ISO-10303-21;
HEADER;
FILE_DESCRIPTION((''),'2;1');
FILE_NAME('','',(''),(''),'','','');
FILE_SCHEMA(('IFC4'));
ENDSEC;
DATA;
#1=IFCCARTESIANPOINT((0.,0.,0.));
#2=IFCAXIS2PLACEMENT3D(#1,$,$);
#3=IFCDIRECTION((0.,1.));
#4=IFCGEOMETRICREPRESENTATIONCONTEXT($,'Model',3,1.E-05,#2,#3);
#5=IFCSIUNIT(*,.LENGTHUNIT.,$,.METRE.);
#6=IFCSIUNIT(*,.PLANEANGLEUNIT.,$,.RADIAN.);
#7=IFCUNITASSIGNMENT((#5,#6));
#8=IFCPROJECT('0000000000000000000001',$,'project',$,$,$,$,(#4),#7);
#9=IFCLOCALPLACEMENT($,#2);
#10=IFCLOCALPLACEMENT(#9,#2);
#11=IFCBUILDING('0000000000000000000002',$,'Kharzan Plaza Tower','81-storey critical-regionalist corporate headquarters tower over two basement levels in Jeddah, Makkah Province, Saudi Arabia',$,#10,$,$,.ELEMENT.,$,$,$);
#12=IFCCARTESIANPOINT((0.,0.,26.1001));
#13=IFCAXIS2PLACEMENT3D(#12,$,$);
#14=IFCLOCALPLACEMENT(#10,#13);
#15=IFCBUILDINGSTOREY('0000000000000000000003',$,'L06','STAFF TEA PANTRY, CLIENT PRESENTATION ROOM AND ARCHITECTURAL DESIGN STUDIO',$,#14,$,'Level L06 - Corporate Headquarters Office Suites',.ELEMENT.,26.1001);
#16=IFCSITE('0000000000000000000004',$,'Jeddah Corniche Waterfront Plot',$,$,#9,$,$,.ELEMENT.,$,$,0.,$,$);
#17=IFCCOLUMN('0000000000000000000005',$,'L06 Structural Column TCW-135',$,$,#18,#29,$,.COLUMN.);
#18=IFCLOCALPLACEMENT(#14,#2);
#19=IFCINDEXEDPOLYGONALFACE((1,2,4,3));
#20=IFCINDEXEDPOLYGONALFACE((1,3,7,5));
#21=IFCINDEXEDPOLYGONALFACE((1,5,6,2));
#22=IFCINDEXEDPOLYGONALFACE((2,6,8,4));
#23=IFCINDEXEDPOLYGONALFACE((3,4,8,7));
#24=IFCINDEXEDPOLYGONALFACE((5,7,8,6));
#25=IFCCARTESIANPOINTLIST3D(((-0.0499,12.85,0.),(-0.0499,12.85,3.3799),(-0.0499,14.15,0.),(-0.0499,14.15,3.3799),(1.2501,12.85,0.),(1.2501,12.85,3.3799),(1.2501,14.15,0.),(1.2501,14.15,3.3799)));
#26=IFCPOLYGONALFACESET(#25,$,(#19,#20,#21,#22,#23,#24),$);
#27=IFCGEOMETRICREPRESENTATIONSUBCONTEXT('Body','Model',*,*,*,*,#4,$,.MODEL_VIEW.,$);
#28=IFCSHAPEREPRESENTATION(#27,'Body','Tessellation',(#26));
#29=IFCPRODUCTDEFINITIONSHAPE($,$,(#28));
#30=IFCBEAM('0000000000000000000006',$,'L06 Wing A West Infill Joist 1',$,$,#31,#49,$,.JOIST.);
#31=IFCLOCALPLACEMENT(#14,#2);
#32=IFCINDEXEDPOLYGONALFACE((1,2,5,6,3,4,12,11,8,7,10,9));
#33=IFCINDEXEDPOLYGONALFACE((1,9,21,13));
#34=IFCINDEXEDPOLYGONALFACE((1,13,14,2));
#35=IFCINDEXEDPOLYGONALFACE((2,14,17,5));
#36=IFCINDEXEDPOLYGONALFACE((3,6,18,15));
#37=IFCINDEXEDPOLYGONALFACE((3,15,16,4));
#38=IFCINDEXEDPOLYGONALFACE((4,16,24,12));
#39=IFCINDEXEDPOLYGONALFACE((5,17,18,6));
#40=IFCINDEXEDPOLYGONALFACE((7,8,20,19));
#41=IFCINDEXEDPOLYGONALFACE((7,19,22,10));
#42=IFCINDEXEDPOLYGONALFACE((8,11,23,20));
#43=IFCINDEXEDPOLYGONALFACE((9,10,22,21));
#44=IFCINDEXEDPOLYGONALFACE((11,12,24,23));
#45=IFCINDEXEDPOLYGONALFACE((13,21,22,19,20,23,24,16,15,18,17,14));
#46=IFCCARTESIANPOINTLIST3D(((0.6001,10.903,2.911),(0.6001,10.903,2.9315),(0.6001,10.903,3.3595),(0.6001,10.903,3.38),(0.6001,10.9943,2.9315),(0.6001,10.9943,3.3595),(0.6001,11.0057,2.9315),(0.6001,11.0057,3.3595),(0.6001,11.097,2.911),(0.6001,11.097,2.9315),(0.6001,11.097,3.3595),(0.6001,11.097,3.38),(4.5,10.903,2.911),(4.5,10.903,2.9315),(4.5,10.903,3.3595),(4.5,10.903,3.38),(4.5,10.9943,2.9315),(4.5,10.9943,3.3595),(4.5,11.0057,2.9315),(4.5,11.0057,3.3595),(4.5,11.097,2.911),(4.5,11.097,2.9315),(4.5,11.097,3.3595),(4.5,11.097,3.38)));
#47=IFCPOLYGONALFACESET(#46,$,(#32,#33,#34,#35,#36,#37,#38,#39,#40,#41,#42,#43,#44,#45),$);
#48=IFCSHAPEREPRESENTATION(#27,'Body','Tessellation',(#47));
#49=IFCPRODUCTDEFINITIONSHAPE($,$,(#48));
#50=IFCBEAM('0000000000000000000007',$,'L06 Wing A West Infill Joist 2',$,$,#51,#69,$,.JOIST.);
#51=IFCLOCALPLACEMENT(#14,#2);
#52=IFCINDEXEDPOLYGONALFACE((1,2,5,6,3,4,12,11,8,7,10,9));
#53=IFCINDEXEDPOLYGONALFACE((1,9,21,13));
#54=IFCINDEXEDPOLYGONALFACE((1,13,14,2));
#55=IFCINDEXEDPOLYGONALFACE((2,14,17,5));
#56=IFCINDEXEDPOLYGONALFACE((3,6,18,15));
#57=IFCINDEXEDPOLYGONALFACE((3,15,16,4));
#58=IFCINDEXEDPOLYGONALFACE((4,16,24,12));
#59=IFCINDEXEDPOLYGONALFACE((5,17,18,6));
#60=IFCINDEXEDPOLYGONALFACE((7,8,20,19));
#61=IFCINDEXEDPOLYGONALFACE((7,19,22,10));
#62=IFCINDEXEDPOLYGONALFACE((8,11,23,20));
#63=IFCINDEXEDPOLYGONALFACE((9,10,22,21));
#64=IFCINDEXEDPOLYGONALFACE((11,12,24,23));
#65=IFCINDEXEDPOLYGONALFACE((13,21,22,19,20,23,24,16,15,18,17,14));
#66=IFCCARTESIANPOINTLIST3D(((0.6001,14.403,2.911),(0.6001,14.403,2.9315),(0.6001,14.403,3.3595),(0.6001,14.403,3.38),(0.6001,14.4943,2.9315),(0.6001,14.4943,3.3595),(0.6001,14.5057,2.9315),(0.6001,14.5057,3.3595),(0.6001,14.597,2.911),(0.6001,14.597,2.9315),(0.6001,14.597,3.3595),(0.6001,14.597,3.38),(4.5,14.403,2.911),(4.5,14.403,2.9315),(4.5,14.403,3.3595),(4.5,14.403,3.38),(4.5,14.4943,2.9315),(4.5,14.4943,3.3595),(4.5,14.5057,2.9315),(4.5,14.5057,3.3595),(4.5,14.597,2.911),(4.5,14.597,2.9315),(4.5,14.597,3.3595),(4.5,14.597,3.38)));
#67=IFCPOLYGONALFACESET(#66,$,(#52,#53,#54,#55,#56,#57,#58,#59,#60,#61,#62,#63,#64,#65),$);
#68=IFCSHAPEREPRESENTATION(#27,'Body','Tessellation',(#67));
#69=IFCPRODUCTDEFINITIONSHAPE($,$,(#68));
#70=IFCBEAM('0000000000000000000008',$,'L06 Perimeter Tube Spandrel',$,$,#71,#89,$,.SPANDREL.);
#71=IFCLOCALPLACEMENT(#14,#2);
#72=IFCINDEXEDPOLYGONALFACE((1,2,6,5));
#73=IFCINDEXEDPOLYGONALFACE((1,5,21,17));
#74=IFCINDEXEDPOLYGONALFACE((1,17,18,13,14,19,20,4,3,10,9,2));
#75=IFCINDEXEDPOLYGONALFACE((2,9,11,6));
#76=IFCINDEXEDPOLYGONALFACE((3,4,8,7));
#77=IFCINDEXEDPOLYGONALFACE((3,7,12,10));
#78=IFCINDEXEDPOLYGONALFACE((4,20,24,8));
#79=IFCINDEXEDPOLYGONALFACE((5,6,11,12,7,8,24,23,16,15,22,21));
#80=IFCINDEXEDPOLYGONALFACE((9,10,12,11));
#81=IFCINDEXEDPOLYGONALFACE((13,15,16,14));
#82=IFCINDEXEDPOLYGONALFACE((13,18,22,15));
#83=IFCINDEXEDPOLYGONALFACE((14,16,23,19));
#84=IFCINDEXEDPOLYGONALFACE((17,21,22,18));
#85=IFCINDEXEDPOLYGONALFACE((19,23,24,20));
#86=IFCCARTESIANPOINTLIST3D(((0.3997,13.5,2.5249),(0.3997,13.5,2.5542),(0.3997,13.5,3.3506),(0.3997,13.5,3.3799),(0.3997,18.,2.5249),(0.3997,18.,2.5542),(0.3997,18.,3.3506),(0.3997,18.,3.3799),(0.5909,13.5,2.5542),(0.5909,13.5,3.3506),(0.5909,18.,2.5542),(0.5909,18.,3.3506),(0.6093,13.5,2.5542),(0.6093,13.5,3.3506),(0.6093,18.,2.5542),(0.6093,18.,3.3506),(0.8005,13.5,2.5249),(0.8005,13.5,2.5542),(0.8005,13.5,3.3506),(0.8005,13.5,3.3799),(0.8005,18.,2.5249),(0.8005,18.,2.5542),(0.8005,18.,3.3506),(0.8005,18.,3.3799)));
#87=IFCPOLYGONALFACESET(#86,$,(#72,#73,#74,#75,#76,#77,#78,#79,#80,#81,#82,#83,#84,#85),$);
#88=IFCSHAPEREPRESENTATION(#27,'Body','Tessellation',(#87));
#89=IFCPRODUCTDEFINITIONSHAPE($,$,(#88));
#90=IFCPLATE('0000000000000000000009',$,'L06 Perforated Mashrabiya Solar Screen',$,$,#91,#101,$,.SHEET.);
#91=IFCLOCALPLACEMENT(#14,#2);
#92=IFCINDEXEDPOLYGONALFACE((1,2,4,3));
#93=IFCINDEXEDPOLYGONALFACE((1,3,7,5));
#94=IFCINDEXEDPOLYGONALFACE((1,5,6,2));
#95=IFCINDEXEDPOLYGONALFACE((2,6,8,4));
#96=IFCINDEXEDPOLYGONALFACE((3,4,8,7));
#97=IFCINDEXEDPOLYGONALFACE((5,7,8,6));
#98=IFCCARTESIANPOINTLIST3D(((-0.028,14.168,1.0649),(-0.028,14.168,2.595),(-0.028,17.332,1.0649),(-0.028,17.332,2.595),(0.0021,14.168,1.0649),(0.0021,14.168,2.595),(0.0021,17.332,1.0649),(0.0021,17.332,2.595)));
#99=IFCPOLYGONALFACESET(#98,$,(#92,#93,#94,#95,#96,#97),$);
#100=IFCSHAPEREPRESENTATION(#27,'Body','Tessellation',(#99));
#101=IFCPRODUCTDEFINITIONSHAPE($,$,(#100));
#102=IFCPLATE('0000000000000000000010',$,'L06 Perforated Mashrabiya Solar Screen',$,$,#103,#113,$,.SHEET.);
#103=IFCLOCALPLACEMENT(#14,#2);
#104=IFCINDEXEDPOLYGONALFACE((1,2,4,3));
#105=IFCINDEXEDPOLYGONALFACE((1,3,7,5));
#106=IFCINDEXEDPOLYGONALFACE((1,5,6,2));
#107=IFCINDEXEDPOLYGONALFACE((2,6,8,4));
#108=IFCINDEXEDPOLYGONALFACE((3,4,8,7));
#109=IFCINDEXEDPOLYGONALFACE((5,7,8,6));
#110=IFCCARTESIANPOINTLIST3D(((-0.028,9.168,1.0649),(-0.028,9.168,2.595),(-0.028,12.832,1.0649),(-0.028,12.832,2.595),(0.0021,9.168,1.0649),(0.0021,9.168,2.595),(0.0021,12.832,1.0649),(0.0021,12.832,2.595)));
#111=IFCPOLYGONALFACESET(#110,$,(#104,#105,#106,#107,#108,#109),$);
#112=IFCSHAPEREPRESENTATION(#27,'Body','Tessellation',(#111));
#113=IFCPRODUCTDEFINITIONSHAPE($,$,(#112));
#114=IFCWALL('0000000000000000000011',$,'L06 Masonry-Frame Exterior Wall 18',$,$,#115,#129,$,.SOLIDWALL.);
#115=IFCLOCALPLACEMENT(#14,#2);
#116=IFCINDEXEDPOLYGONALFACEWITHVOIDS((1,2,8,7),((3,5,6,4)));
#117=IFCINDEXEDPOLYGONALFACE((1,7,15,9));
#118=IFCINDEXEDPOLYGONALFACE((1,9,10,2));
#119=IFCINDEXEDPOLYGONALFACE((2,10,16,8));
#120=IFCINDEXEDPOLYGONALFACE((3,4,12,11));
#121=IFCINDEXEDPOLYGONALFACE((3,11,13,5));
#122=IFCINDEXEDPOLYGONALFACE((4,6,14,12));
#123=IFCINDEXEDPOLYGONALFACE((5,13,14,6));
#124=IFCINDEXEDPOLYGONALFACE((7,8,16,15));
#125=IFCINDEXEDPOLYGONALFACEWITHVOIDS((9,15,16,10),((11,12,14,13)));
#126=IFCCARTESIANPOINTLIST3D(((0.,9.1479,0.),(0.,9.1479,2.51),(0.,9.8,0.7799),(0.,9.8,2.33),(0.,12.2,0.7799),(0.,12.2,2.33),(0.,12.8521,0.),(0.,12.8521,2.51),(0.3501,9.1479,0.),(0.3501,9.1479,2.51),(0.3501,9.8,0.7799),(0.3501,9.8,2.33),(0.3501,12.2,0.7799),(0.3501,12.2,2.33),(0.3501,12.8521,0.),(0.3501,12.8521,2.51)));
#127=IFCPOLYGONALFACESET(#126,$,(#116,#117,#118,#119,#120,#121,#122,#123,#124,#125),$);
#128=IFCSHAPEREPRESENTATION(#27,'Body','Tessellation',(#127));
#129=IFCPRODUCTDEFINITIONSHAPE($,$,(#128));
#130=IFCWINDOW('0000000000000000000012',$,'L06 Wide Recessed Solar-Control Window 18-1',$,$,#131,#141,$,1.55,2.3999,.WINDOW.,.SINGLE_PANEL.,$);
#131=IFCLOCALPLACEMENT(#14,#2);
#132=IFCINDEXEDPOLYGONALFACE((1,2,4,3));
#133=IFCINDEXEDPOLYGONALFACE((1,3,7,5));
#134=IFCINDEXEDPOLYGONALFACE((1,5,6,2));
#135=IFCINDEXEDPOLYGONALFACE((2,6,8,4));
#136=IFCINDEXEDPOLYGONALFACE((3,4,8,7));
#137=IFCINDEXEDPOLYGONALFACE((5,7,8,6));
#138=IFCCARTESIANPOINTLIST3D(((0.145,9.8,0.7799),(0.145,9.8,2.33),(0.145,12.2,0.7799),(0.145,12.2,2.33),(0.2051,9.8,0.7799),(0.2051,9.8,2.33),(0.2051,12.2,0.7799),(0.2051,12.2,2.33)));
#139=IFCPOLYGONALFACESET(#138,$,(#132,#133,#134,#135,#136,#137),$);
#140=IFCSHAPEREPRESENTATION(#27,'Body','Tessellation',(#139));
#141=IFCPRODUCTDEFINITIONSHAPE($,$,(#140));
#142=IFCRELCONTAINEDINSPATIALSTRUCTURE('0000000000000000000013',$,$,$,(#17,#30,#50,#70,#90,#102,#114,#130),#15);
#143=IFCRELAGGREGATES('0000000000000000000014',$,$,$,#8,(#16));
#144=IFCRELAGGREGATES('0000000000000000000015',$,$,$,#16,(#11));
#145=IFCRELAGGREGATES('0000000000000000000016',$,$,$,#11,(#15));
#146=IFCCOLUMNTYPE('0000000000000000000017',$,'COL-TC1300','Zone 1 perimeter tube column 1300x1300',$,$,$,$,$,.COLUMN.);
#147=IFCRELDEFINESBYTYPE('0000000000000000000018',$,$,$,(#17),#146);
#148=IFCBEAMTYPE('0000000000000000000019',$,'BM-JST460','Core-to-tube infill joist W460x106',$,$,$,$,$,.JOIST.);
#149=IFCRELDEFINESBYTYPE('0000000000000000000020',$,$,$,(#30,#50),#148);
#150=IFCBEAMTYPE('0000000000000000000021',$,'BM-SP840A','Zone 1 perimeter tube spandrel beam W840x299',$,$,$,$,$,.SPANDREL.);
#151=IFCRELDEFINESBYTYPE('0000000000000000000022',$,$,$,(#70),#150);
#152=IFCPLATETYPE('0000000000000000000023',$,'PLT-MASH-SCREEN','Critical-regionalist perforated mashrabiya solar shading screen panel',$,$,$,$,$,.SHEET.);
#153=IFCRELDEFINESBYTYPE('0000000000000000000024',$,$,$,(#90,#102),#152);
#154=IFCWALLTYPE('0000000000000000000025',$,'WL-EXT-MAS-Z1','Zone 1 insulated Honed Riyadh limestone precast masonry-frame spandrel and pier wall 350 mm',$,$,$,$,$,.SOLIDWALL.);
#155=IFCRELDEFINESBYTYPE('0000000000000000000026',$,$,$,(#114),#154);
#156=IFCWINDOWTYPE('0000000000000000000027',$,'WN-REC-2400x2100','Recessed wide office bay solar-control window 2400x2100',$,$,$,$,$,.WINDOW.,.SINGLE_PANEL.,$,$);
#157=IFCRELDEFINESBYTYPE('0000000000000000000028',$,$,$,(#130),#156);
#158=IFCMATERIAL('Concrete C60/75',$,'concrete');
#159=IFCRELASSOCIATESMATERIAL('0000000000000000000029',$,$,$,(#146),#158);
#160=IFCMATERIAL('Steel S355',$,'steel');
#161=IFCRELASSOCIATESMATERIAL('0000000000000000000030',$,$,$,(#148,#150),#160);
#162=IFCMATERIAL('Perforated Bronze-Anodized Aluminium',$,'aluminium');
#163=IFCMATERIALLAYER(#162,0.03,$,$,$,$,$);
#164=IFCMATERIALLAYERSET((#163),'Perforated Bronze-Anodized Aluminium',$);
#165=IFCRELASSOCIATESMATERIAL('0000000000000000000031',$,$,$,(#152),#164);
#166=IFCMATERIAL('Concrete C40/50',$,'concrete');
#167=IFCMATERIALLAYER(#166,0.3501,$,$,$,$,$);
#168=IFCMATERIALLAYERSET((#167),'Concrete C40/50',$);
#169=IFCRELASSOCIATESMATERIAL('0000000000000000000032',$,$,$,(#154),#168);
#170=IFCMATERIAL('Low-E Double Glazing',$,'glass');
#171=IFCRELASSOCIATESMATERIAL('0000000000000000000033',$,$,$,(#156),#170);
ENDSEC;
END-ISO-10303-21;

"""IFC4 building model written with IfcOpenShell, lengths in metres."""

from ifc_helpers import new_model, si_unit, direction, frame, frame_2d, origin, origin_2d, place, context, subcontext, project, spatial, rectangle, i_section, extrude, source, transform, mapped, material, layer, layer_set, material_profile, profile_set, type_object, element, fill, save


model = new_model("IFC4")

# Units and contexts
model_context = context("Model", 3, precision=1e-05, world=origin(), true_north=direction((0.0, 1.0)))
body_context = subcontext(model_context, "Body", "Model", "MODEL_VIEW")
ifc_project = project(units=[si_unit("LENGTHUNIT", "METRE"), si_unit("PLANEANGLEUNIT", "RADIAN")], contexts=[model_context])

# Site, building, storey
site_placement = place(None, origin())
site = spatial("IfcSite", under=ifc_project, at=site_placement, Name="Jeddah Corniche Waterfront Plot", CompositionType="ELEMENT", RefElevation=0.0)
building_placement = place(site_placement, origin())
building = spatial("IfcBuilding", under=site, at=building_placement, Name="Kharzan Plaza Tower", Description="81-storey critical-regionalist corporate headquarters tower over two basement levels in Jeddah, Makkah Province, Saudi Arabia", CompositionType="ELEMENT")
storey_placement = place(building_placement, frame((0.0, 0.0, 26.1001)))
storey = spatial("IfcBuildingStorey", under=building, at=storey_placement, Name="L06", Description="STAFF TEA PANTRY, CLIENT PRESENTATION ROOM AND ARCHITECTURAL DESIGN STUDIO", LongName="Level L06 - Corporate Headquarters Office Suites", CompositionType="ELEMENT", Elevation=26.1001)

# Column
ifc_material_1 = material(Name="Concrete C60/75", Category="concrete")
ifc_material_profile_1 = material_profile(ifc_material_1, rectangle(XDim=1.3, YDim=1.3, at=origin_2d()), Name="RC-TC1300x1300")
ifc_profile_set_1 = profile_set([ifc_material_profile_1], Name="Concrete C60/75")
column_type = type_object("IfcColumnType", Name="COL-TC1300", Description="Zone 1 perimeter tube column 1300x1300", PredefinedType="COLUMN", material=ifc_profile_set_1)
shared_shape_1 = source(origin(), body_context, "Body", "SweptSolid", [
    extrude(rectangle(XDim=1.3, YDim=1.3, at=origin_2d()), origin(), (0.0, 0.0, 1.0), 3.3799),
])
column_placement = place(storey_placement, frame((0.6001, 13.5, 0.0), z_axis=(0.0, 0.0, 1.0), x_axis=(1.0, 0.0, 0.0)))
element("IfcColumn", 1, at=column_placement, inside=storey, type_object=column_type, Name="L06 Structural Column TCW-135", PredefinedType="COLUMN", context=body_context, shape_type="MappedRepresentation", body=[
    mapped(shared_shape_1, transform((0.0, 0.0, 0.0), x_axis=(1.0, 0.0, 0.0), y_axis=(0.0, 1.0, 0.0), z_axis=(0.0, 0.0, 1.0))),
])

# Beams
ifc_material_2 = material(Name="Steel S355", Category="steel")
ifc_material_profile_2 = material_profile(ifc_material_2, i_section(OverallWidth=0.1941, OverallDepth=0.469, WebThickness=0.0115, FlangeThickness=0.0205, at=origin_2d()), Name="W460x106")
ifc_profile_set_2 = profile_set([ifc_material_profile_2], Name="Steel S355")
beam_type_1 = type_object("IfcBeamType", Name="BM-JST460", Description="Core-to-tube infill joist W460x106", PredefinedType="JOIST", material=ifc_profile_set_2)
shared_shape_2 = source(origin(), body_context, "Body", "SweptSolid", [
    extrude(i_section(OverallWidth=0.1941, OverallDepth=0.469, WebThickness=0.0115, FlangeThickness=0.0205, at=origin_2d()), origin(), (0.0, 0.0, 1.0), 3.8999),
])
for number, where, z_axis, x_axis, name in (
    (2, (0.6001, 11.0, 3.1455), (1.0, 0.0, 0.0), (0.0, 1.0, 0.0), "L06 Wing A West Infill Joist 1"),
    (3, (0.6001, 14.5, 3.1455), (1.0, 0.0, 0.0), (0.0, 1.0, 0.0), "L06 Wing A West Infill Joist 2"),
):
    element("IfcBeam", number, at=place(storey_placement, frame(where, z_axis=z_axis, x_axis=x_axis)), inside=storey, type_object=beam_type_1, Name=name, PredefinedType="JOIST", context=body_context, shape_type="MappedRepresentation", body=[
        mapped(shared_shape_2, transform((0.0, 0.0, 0.0), x_axis=(1.0, 0.0, 0.0), y_axis=(0.0, 1.0, 0.0), z_axis=(0.0, 0.0, 1.0))),
    ])
ifc_material_profile_3 = material_profile(ifc_material_2, i_section(OverallWidth=0.4009, OverallDepth=0.855, WebThickness=0.0183, FlangeThickness=0.0293, at=origin_2d()), Name="W840x299")
ifc_profile_set_3 = profile_set([ifc_material_profile_3], Name="Steel S355")
beam_type_2 = type_object("IfcBeamType", Name="BM-SP840A", Description="Zone 1 perimeter tube spandrel beam W840x299", PredefinedType="SPANDREL", material=ifc_profile_set_3)
shared_shape_3 = source(origin(), body_context, "Body", "SweptSolid", [
    extrude(i_section(OverallWidth=0.4009, OverallDepth=0.855, WebThickness=0.0183, FlangeThickness=0.0293, at=origin_2d()), origin(), (0.0, 0.0, 1.0), 4.5),
])
beam_placement = place(storey_placement, frame((0.6001, 13.5, 2.9524), z_axis=(0.0, 1.0, 0.0), x_axis=(-1.0, 0.0, 0.0)))
element("IfcBeam", 4, at=beam_placement, inside=storey, type_object=beam_type_2, Name="L06 Perimeter Tube Spandrel", PredefinedType="SPANDREL", context=body_context, shape_type="MappedRepresentation", body=[
    mapped(shared_shape_3, transform((0.0, 0.0, 0.0), x_axis=(1.0, 0.0, 0.0), y_axis=(0.0, 1.0, 0.0), z_axis=(0.0, 0.0, 1.0))),
])

# Plates
ifc_material_3 = material(Name="Perforated Bronze-Anodized Aluminium", Category="aluminium")
ifc_layer_1 = layer(ifc_material_3, 0.03)
ifc_layer_set_1 = layer_set([ifc_layer_1], Name="Perforated Bronze-Anodized Aluminium")
plate_type = type_object("IfcPlateType", Name="PLT-MASH-SCREEN", Description="Critical-regionalist perforated mashrabiya solar shading screen panel", PredefinedType="SHEET", material=ifc_layer_set_1)
shared_shape_4 = source(origin(), body_context, "Body", "SweptSolid", [
    extrude(rectangle(XDim=3.1641, YDim=0.03, at=origin_2d()), origin(), (0.0, 0.0, 1.0), 1.53),
])
plate_1_placement = place(storey_placement, frame((-0.0129, 15.75, 1.0649), z_axis=(0.0, 0.0, 1.0), x_axis=(0.0, -1.0, 0.0)))
element("IfcPlate", 5, at=plate_1_placement, inside=storey, type_object=plate_type, Name="L06 Perforated Mashrabiya Solar Screen", PredefinedType="SHEET", context=body_context, shape_type="MappedRepresentation", body=[
    mapped(shared_shape_4, transform((0.0, 0.0, 0.0), x_axis=(1.0, 0.0, 0.0), y_axis=(0.0, 1.0, 0.0), z_axis=(0.0, 0.0, 1.0))),
])
shared_shape_5 = source(origin(), body_context, "Body", "SweptSolid", [
    extrude(rectangle(XDim=3.6641, YDim=0.03, at=origin_2d()), origin(), (0.0, 0.0, 1.0), 1.53),
])
plate_2_placement = place(storey_placement, frame((-0.0129, 11.0, 1.0649), z_axis=(0.0, 0.0, 1.0), x_axis=(0.0, -1.0, 0.0)))
element("IfcPlate", 6, at=plate_2_placement, inside=storey, type_object=plate_type, Name="L06 Perforated Mashrabiya Solar Screen", PredefinedType="SHEET", context=body_context, shape_type="MappedRepresentation", body=[
    mapped(shared_shape_5, transform((0.0, 0.0, 0.0), x_axis=(1.0, 0.0, 0.0), y_axis=(0.0, 1.0, 0.0), z_axis=(0.0, 0.0, 1.0))),
])

# Wall, opening, window
ifc_material_4 = material(Name="Concrete C40/50", Category="concrete")
ifc_layer_2 = layer(ifc_material_4, 0.3501)
ifc_layer_set_2 = layer_set([ifc_layer_2], Name="Concrete C40/50")
wall_type_1 = type_object("IfcWallType", Name="WL-EXT-MAS-Z1", Description="Zone 1 insulated Honed Riyadh limestone precast masonry-frame spandrel and pier wall 350 mm", PredefinedType="SOLIDWALL", material=ifc_layer_set_2)
wall_1_placement = place(storey_placement, frame((0.175, 12.8521, 0.0), z_axis=(0.0, 0.0, 1.0), x_axis=(0.0, -1.0, 0.0)))
wall_1 = element("IfcWall", 7, at=wall_1_placement, inside=storey, type_object=wall_type_1, Name="L06 Masonry-Frame Exterior Wall 18", PredefinedType="SOLIDWALL", context=body_context, shape_type="SweptSolid", body=[
    extrude(rectangle(XDim=3.7041, YDim=0.3501, at=frame_2d((1.8521, 0.0))), origin(), (0.0, 0.0, 1.0), 2.51),
])
opening_1_placement = place(wall_1_placement, frame((0.6521, 0.0, 0.78)))
opening_1 = element("IfcOpeningElement", 8, at=opening_1_placement, cuts=wall_1, PredefinedType="OPENING", context=body_context, shape_type="SweptSolid", body=[
    extrude(rectangle(XDim=2.3999, YDim=1.55, at=frame_2d((1.2, 0.7749))), frame((0.0, 0.1851, 0.0), z_axis=(0.0, -1.0, 0.0), x_axis=(1.0, 0.0, 0.0)), (0.0, 0.0, 1.0), 0.3701),
])
ifc_material_5 = material(Name="Low-E Double Glazing", Category="glass")
window_type = type_object("IfcWindowType", Name="WN-REC-2400x2100", Description="Recessed wide office bay solar-control window 2400x2100", PartitioningType="SINGLE_PANEL", PredefinedType="WINDOW", material=ifc_material_5)
shared_shape_6 = source(origin(), body_context, "Body", "SweptSolid", [
    extrude(rectangle(XDim=2.3999, YDim=1.55, at=frame_2d((1.2, 0.7749))), frame((0.0, 0.03, 0.0), z_axis=(0.0, -1.0, 0.0), x_axis=(1.0, 0.0, 0.0)), (0.0, 0.0, 1.0), 0.0601),
])
window_placement = place(opening_1_placement, origin())
window = element("IfcWindow", 9, at=window_placement, inside=storey, type_object=window_type, Name="L06 Wide Recessed Solar-Control Window 18-1", OverallHeight=1.55, OverallWidth=2.3999, PartitioningType="SINGLE_PANEL", PredefinedType="WINDOW", context=body_context, shape_type="MappedRepresentation", body=[
    mapped(shared_shape_6, transform((0.0, 0.0, 0.0), x_axis=(1.0, 0.0, 0.0), y_axis=(0.0, 1.0, 0.0), z_axis=(0.0, 0.0, 1.0))),
])
fill(opening_1, window)

save(model, "model.ifc")
